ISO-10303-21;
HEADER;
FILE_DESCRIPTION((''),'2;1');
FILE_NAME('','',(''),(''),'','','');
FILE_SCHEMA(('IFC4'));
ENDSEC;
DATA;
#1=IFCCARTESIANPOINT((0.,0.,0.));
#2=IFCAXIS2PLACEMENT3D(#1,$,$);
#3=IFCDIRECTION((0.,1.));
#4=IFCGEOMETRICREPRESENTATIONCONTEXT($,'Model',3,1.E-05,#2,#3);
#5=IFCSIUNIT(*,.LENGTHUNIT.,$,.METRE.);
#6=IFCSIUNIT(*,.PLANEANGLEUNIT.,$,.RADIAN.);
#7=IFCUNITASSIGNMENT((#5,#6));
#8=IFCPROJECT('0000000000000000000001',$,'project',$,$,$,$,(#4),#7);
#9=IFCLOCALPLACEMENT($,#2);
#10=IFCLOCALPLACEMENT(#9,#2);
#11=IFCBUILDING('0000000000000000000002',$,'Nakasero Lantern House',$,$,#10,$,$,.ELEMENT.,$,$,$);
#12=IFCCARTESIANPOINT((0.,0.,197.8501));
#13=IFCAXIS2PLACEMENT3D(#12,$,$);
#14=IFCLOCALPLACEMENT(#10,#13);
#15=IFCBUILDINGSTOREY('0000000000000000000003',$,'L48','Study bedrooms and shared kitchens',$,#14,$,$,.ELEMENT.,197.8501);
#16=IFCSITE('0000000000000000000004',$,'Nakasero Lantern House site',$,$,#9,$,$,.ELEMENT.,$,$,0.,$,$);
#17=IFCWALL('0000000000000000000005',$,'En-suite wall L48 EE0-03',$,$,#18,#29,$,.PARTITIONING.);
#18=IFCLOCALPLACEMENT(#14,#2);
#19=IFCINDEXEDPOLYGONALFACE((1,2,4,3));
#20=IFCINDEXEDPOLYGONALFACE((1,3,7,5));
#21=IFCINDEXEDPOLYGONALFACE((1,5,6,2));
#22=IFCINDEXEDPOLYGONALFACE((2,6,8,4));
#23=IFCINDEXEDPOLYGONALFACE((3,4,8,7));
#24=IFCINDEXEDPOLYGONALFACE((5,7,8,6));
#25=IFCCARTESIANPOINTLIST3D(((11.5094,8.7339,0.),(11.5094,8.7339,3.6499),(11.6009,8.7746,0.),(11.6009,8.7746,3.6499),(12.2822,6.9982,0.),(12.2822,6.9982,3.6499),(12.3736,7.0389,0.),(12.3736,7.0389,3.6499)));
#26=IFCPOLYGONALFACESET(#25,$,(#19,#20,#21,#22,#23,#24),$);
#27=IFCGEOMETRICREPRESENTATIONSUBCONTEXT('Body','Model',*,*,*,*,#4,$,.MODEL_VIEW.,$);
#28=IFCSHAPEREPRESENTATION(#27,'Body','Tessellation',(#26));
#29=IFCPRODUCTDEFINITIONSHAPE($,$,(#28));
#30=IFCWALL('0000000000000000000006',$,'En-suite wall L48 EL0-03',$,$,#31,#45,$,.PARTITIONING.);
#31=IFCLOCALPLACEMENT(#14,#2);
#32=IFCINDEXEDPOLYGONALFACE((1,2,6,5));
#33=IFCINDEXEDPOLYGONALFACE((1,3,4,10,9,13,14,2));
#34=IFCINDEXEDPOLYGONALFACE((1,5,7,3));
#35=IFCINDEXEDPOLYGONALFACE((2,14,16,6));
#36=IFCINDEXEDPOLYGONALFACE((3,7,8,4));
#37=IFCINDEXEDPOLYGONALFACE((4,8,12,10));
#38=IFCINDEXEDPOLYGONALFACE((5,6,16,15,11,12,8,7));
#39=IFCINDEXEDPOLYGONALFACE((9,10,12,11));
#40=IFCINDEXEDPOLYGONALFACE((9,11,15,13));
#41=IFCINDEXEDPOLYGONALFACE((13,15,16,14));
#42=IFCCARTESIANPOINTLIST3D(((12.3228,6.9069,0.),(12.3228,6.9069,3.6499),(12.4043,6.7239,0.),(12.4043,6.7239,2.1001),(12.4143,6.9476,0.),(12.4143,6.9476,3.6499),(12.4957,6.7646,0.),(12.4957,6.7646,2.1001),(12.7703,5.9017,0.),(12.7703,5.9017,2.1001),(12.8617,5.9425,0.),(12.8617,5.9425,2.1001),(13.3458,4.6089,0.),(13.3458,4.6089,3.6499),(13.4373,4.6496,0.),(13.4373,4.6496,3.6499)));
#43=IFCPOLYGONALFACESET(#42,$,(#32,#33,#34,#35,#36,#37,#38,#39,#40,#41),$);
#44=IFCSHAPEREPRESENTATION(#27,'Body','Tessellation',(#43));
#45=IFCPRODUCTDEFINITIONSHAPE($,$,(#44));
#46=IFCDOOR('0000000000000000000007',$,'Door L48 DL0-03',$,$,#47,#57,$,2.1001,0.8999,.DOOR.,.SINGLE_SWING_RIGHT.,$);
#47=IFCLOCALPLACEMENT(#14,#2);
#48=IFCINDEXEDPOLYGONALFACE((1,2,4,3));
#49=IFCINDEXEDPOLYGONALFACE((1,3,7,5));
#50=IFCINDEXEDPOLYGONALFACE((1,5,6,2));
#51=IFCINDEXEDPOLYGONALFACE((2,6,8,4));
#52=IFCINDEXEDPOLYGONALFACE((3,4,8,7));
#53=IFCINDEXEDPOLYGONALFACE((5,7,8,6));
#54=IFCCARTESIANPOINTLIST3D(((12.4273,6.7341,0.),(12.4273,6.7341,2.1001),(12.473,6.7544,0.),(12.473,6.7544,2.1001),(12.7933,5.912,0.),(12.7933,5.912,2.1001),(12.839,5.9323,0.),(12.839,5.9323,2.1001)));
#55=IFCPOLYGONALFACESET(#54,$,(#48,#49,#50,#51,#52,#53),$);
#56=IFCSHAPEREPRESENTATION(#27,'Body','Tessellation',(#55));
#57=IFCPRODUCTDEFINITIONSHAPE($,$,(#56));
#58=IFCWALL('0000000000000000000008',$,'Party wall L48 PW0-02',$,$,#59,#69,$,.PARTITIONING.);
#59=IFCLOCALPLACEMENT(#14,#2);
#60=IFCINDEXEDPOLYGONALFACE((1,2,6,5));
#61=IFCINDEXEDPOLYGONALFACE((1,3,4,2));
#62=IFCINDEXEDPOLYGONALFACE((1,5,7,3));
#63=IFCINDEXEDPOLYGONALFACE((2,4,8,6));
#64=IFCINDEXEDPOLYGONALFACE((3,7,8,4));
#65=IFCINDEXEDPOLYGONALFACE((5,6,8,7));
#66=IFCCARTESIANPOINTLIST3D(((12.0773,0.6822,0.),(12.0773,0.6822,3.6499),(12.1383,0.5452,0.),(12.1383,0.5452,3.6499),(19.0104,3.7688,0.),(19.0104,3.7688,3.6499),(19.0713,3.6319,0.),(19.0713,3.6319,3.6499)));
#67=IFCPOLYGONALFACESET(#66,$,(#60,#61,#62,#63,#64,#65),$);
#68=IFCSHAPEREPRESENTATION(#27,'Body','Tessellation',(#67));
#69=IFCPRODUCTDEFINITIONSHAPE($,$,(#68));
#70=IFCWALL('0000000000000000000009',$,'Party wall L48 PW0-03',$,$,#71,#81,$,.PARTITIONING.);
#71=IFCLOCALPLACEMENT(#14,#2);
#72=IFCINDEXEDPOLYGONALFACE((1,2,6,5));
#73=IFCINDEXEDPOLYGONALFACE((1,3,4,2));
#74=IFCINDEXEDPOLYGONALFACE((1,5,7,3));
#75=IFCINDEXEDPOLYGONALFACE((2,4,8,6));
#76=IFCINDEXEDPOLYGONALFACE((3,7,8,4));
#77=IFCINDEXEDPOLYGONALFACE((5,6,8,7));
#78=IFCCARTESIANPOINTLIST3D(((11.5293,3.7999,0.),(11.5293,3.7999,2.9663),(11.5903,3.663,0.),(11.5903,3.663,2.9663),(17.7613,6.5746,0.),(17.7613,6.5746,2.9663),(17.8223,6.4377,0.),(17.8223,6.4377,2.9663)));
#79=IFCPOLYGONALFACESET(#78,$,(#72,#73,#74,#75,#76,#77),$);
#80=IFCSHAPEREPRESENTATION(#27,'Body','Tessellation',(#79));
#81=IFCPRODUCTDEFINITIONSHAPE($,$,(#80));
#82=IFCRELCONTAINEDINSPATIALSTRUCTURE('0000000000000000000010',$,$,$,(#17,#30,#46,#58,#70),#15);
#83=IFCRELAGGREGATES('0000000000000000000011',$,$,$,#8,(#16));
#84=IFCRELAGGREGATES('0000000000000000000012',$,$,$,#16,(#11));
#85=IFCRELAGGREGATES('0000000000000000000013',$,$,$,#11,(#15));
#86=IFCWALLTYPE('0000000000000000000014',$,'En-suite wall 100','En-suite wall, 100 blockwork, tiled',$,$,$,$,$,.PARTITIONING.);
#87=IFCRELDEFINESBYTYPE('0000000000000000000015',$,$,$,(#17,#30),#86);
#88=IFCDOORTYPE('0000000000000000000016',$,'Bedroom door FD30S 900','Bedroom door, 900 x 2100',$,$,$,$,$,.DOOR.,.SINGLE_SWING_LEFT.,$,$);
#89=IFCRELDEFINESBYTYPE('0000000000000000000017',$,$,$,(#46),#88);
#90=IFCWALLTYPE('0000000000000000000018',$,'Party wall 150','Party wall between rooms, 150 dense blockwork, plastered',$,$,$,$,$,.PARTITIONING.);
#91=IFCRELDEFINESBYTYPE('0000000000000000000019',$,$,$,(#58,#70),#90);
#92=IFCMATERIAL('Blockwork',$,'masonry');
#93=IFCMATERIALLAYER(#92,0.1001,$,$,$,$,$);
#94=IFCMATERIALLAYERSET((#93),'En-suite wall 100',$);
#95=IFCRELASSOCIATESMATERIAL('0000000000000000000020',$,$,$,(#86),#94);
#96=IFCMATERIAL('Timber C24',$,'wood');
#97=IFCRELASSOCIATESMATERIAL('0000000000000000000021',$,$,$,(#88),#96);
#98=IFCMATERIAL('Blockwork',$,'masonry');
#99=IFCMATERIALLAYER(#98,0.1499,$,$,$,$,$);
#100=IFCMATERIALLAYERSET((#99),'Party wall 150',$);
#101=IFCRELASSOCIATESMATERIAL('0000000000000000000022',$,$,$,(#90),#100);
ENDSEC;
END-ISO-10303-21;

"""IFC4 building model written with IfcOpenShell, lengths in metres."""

from ifc_helpers import new_model, si_unit, direction, frame, frame_2d, origin, place, context, subcontext, project, spatial, rectangle, extrude, material, layer, layer_set, type_object, element, fill, save


model = new_model("IFC4")

# Units and contexts
model_context = context("Model", 3, precision=1e-05, world=origin(), true_north=direction((0.0, 1.0)))
body_context = subcontext(model_context, "Body", "Model", "MODEL_VIEW")
ifc_project = project(units=[si_unit("LENGTHUNIT", "METRE"), si_unit("PLANEANGLEUNIT", "RADIAN")], contexts=[model_context])

# Site, building, storey
site_placement = place(None, origin())
site = spatial("IfcSite", under=ifc_project, at=site_placement, Name="Nakasero Lantern House site", CompositionType="ELEMENT", RefElevation=0.0)
building_placement = place(site_placement, origin())
building = spatial("IfcBuilding", under=site, at=building_placement, Name="Nakasero Lantern House", CompositionType="ELEMENT")
storey_placement = place(building_placement, frame((0.0, 0.0, 197.8501)))
storey = spatial("IfcBuildingStorey", under=building, at=storey_placement, Name="L48", Description="Study bedrooms and shared kitchens", CompositionType="ELEMENT", Elevation=197.8501)

# Wall
ifc_material_1 = material(Name="Blockwork", Category="masonry")
ifc_layer_1 = layer(ifc_material_1, 0.1001)
ifc_layer_set_1 = layer_set([ifc_layer_1], Name="En-suite wall 100")
wall_type_1 = type_object("IfcWallType", Name="En-suite wall 100", Description="En-suite wall, 100 blockwork, tiled", PredefinedType="PARTITIONING", material=ifc_layer_set_1)
wall_1_placement = place(storey_placement, frame((12.3279, 7.0186, 0.0), z_axis=(0.0, 0.0, 1.0), x_axis=(-0.406723, 0.913552, 0.0)))
element("IfcWall", 1, at=wall_1_placement, inside=storey, type_object=wall_type_1, Name="En-suite wall L48 EE0-03", PredefinedType="PARTITIONING", context=body_context, shape_type="SweptSolid", body=[
    extrude(rectangle(XDim=1.8999, YDim=0.1001, at=frame_2d((0.95, 0.0))), origin(), (0.0, 0.0, 1.0), 3.6499),
])

# Wall, opening, door
wall_2_placement = place(storey_placement, frame((13.3916, 4.6292, 0.0), z_axis=(0.0, 0.0, 1.0), x_axis=(-0.406697, 0.913563, 0.0)))
wall_2 = element("IfcWall", 2, at=wall_2_placement, inside=storey, type_object=wall_type_1, Name="En-suite wall L48 EL0-03", PredefinedType="PARTITIONING", context=body_context, shape_type="SweptSolid", body=[
    extrude(rectangle(XDim=2.5154, YDim=0.1001, at=frame_2d((1.2578, 0.0))), origin(), (0.0, 0.0, 1.0), 3.6499),
])
opening_1_placement = place(wall_2_placement, frame((1.4153, 0.0, 0.0)))
opening_1 = element("IfcOpeningElement", 3, at=opening_1_placement, cuts=wall_2, PredefinedType="OPENING", context=body_context, shape_type="SweptSolid", body=[
    extrude(rectangle(XDim=0.8999, YDim=2.1001, at=frame_2d((0.45, 1.05))), frame((0.0, 0.0701, 0.0), z_axis=(0.0, -1.0, 0.0), x_axis=(1.0, 0.0, 0.0)), (0.0, 0.0, 1.0), 0.1401),
])
ifc_material_2 = material(Name="Timber C24", Category="wood")
door_type_1 = type_object("IfcDoorType", Name="Bedroom door FD30S 900", Description="Bedroom door, 900 x 2100", OperationType="SINGLE_SWING_LEFT", PredefinedType="DOOR", material=ifc_material_2)
door_1_placement = place(opening_1_placement, origin())
door_1 = element("IfcDoor", 4, at=door_1_placement, inside=storey, type_object=door_type_1, Name="Door L48 DL0-03", OperationType="SINGLE_SWING_RIGHT", OverallHeight=2.1001, OverallWidth=0.8999, PredefinedType="DOOR", context=body_context, shape_type="SweptSolid", body=[
    extrude(rectangle(XDim=0.8999, YDim=2.1001, at=frame_2d((0.45, 1.05))), frame((0.0, 0.0249, 0.0), z_axis=(0.0, -1.0, 0.0), x_axis=(1.0, 0.0, 0.0)), (0.0, 0.0, 1.0), 0.05),
])
fill(opening_1, door_1)

# Walls
ifc_material_3 = material(Name="Blockwork", Category="masonry")
ifc_layer_2 = layer(ifc_material_3, 0.1499)
ifc_layer_set_2 = layer_set([ifc_layer_2], Name="Party wall 150")
wall_type_2 = type_object("IfcWallType", Name="Party wall 150", Description="Party wall between rooms, 150 dense blockwork, plastered", PredefinedType="PARTITIONING", material=ifc_layer_set_2)
wall_3_placement = place(storey_placement, frame((12.1079, 0.6138, 0.0), z_axis=(0.0, 0.0, 1.0), x_axis=(0.913553, 0.40672, 0.0)))
element("IfcWall", 5, at=wall_3_placement, inside=storey, type_object=wall_type_2, Name="Party wall L48 PW0-02", PredefinedType="PARTITIONING", context=body_context, shape_type="SweptSolid", body=[
    extrude(rectangle(XDim=7.5891, YDim=0.1499, at=frame_2d((3.7944, 0.0))), origin(), (0.0, 0.0, 1.0), 3.6499),
])
wall_4_placement = place(storey_placement, frame((11.5598, 3.7314, 0.0), z_axis=(0.0, 0.0, 1.0), x_axis=(0.913544, 0.406739, 0.0)))
element("IfcWall", 6, at=wall_4_placement, inside=storey, type_object=wall_type_2, Name="Party wall L48 PW0-03", PredefinedType="PARTITIONING", context=body_context, shape_type="SweptSolid", body=[
    extrude(rectangle(XDim=6.8218, YDim=0.1499, at=frame_2d((3.4109, 0.0))), origin(), (0.0, 0.0, 1.0), 2.9663),
])

save(model, "model.ifc")
